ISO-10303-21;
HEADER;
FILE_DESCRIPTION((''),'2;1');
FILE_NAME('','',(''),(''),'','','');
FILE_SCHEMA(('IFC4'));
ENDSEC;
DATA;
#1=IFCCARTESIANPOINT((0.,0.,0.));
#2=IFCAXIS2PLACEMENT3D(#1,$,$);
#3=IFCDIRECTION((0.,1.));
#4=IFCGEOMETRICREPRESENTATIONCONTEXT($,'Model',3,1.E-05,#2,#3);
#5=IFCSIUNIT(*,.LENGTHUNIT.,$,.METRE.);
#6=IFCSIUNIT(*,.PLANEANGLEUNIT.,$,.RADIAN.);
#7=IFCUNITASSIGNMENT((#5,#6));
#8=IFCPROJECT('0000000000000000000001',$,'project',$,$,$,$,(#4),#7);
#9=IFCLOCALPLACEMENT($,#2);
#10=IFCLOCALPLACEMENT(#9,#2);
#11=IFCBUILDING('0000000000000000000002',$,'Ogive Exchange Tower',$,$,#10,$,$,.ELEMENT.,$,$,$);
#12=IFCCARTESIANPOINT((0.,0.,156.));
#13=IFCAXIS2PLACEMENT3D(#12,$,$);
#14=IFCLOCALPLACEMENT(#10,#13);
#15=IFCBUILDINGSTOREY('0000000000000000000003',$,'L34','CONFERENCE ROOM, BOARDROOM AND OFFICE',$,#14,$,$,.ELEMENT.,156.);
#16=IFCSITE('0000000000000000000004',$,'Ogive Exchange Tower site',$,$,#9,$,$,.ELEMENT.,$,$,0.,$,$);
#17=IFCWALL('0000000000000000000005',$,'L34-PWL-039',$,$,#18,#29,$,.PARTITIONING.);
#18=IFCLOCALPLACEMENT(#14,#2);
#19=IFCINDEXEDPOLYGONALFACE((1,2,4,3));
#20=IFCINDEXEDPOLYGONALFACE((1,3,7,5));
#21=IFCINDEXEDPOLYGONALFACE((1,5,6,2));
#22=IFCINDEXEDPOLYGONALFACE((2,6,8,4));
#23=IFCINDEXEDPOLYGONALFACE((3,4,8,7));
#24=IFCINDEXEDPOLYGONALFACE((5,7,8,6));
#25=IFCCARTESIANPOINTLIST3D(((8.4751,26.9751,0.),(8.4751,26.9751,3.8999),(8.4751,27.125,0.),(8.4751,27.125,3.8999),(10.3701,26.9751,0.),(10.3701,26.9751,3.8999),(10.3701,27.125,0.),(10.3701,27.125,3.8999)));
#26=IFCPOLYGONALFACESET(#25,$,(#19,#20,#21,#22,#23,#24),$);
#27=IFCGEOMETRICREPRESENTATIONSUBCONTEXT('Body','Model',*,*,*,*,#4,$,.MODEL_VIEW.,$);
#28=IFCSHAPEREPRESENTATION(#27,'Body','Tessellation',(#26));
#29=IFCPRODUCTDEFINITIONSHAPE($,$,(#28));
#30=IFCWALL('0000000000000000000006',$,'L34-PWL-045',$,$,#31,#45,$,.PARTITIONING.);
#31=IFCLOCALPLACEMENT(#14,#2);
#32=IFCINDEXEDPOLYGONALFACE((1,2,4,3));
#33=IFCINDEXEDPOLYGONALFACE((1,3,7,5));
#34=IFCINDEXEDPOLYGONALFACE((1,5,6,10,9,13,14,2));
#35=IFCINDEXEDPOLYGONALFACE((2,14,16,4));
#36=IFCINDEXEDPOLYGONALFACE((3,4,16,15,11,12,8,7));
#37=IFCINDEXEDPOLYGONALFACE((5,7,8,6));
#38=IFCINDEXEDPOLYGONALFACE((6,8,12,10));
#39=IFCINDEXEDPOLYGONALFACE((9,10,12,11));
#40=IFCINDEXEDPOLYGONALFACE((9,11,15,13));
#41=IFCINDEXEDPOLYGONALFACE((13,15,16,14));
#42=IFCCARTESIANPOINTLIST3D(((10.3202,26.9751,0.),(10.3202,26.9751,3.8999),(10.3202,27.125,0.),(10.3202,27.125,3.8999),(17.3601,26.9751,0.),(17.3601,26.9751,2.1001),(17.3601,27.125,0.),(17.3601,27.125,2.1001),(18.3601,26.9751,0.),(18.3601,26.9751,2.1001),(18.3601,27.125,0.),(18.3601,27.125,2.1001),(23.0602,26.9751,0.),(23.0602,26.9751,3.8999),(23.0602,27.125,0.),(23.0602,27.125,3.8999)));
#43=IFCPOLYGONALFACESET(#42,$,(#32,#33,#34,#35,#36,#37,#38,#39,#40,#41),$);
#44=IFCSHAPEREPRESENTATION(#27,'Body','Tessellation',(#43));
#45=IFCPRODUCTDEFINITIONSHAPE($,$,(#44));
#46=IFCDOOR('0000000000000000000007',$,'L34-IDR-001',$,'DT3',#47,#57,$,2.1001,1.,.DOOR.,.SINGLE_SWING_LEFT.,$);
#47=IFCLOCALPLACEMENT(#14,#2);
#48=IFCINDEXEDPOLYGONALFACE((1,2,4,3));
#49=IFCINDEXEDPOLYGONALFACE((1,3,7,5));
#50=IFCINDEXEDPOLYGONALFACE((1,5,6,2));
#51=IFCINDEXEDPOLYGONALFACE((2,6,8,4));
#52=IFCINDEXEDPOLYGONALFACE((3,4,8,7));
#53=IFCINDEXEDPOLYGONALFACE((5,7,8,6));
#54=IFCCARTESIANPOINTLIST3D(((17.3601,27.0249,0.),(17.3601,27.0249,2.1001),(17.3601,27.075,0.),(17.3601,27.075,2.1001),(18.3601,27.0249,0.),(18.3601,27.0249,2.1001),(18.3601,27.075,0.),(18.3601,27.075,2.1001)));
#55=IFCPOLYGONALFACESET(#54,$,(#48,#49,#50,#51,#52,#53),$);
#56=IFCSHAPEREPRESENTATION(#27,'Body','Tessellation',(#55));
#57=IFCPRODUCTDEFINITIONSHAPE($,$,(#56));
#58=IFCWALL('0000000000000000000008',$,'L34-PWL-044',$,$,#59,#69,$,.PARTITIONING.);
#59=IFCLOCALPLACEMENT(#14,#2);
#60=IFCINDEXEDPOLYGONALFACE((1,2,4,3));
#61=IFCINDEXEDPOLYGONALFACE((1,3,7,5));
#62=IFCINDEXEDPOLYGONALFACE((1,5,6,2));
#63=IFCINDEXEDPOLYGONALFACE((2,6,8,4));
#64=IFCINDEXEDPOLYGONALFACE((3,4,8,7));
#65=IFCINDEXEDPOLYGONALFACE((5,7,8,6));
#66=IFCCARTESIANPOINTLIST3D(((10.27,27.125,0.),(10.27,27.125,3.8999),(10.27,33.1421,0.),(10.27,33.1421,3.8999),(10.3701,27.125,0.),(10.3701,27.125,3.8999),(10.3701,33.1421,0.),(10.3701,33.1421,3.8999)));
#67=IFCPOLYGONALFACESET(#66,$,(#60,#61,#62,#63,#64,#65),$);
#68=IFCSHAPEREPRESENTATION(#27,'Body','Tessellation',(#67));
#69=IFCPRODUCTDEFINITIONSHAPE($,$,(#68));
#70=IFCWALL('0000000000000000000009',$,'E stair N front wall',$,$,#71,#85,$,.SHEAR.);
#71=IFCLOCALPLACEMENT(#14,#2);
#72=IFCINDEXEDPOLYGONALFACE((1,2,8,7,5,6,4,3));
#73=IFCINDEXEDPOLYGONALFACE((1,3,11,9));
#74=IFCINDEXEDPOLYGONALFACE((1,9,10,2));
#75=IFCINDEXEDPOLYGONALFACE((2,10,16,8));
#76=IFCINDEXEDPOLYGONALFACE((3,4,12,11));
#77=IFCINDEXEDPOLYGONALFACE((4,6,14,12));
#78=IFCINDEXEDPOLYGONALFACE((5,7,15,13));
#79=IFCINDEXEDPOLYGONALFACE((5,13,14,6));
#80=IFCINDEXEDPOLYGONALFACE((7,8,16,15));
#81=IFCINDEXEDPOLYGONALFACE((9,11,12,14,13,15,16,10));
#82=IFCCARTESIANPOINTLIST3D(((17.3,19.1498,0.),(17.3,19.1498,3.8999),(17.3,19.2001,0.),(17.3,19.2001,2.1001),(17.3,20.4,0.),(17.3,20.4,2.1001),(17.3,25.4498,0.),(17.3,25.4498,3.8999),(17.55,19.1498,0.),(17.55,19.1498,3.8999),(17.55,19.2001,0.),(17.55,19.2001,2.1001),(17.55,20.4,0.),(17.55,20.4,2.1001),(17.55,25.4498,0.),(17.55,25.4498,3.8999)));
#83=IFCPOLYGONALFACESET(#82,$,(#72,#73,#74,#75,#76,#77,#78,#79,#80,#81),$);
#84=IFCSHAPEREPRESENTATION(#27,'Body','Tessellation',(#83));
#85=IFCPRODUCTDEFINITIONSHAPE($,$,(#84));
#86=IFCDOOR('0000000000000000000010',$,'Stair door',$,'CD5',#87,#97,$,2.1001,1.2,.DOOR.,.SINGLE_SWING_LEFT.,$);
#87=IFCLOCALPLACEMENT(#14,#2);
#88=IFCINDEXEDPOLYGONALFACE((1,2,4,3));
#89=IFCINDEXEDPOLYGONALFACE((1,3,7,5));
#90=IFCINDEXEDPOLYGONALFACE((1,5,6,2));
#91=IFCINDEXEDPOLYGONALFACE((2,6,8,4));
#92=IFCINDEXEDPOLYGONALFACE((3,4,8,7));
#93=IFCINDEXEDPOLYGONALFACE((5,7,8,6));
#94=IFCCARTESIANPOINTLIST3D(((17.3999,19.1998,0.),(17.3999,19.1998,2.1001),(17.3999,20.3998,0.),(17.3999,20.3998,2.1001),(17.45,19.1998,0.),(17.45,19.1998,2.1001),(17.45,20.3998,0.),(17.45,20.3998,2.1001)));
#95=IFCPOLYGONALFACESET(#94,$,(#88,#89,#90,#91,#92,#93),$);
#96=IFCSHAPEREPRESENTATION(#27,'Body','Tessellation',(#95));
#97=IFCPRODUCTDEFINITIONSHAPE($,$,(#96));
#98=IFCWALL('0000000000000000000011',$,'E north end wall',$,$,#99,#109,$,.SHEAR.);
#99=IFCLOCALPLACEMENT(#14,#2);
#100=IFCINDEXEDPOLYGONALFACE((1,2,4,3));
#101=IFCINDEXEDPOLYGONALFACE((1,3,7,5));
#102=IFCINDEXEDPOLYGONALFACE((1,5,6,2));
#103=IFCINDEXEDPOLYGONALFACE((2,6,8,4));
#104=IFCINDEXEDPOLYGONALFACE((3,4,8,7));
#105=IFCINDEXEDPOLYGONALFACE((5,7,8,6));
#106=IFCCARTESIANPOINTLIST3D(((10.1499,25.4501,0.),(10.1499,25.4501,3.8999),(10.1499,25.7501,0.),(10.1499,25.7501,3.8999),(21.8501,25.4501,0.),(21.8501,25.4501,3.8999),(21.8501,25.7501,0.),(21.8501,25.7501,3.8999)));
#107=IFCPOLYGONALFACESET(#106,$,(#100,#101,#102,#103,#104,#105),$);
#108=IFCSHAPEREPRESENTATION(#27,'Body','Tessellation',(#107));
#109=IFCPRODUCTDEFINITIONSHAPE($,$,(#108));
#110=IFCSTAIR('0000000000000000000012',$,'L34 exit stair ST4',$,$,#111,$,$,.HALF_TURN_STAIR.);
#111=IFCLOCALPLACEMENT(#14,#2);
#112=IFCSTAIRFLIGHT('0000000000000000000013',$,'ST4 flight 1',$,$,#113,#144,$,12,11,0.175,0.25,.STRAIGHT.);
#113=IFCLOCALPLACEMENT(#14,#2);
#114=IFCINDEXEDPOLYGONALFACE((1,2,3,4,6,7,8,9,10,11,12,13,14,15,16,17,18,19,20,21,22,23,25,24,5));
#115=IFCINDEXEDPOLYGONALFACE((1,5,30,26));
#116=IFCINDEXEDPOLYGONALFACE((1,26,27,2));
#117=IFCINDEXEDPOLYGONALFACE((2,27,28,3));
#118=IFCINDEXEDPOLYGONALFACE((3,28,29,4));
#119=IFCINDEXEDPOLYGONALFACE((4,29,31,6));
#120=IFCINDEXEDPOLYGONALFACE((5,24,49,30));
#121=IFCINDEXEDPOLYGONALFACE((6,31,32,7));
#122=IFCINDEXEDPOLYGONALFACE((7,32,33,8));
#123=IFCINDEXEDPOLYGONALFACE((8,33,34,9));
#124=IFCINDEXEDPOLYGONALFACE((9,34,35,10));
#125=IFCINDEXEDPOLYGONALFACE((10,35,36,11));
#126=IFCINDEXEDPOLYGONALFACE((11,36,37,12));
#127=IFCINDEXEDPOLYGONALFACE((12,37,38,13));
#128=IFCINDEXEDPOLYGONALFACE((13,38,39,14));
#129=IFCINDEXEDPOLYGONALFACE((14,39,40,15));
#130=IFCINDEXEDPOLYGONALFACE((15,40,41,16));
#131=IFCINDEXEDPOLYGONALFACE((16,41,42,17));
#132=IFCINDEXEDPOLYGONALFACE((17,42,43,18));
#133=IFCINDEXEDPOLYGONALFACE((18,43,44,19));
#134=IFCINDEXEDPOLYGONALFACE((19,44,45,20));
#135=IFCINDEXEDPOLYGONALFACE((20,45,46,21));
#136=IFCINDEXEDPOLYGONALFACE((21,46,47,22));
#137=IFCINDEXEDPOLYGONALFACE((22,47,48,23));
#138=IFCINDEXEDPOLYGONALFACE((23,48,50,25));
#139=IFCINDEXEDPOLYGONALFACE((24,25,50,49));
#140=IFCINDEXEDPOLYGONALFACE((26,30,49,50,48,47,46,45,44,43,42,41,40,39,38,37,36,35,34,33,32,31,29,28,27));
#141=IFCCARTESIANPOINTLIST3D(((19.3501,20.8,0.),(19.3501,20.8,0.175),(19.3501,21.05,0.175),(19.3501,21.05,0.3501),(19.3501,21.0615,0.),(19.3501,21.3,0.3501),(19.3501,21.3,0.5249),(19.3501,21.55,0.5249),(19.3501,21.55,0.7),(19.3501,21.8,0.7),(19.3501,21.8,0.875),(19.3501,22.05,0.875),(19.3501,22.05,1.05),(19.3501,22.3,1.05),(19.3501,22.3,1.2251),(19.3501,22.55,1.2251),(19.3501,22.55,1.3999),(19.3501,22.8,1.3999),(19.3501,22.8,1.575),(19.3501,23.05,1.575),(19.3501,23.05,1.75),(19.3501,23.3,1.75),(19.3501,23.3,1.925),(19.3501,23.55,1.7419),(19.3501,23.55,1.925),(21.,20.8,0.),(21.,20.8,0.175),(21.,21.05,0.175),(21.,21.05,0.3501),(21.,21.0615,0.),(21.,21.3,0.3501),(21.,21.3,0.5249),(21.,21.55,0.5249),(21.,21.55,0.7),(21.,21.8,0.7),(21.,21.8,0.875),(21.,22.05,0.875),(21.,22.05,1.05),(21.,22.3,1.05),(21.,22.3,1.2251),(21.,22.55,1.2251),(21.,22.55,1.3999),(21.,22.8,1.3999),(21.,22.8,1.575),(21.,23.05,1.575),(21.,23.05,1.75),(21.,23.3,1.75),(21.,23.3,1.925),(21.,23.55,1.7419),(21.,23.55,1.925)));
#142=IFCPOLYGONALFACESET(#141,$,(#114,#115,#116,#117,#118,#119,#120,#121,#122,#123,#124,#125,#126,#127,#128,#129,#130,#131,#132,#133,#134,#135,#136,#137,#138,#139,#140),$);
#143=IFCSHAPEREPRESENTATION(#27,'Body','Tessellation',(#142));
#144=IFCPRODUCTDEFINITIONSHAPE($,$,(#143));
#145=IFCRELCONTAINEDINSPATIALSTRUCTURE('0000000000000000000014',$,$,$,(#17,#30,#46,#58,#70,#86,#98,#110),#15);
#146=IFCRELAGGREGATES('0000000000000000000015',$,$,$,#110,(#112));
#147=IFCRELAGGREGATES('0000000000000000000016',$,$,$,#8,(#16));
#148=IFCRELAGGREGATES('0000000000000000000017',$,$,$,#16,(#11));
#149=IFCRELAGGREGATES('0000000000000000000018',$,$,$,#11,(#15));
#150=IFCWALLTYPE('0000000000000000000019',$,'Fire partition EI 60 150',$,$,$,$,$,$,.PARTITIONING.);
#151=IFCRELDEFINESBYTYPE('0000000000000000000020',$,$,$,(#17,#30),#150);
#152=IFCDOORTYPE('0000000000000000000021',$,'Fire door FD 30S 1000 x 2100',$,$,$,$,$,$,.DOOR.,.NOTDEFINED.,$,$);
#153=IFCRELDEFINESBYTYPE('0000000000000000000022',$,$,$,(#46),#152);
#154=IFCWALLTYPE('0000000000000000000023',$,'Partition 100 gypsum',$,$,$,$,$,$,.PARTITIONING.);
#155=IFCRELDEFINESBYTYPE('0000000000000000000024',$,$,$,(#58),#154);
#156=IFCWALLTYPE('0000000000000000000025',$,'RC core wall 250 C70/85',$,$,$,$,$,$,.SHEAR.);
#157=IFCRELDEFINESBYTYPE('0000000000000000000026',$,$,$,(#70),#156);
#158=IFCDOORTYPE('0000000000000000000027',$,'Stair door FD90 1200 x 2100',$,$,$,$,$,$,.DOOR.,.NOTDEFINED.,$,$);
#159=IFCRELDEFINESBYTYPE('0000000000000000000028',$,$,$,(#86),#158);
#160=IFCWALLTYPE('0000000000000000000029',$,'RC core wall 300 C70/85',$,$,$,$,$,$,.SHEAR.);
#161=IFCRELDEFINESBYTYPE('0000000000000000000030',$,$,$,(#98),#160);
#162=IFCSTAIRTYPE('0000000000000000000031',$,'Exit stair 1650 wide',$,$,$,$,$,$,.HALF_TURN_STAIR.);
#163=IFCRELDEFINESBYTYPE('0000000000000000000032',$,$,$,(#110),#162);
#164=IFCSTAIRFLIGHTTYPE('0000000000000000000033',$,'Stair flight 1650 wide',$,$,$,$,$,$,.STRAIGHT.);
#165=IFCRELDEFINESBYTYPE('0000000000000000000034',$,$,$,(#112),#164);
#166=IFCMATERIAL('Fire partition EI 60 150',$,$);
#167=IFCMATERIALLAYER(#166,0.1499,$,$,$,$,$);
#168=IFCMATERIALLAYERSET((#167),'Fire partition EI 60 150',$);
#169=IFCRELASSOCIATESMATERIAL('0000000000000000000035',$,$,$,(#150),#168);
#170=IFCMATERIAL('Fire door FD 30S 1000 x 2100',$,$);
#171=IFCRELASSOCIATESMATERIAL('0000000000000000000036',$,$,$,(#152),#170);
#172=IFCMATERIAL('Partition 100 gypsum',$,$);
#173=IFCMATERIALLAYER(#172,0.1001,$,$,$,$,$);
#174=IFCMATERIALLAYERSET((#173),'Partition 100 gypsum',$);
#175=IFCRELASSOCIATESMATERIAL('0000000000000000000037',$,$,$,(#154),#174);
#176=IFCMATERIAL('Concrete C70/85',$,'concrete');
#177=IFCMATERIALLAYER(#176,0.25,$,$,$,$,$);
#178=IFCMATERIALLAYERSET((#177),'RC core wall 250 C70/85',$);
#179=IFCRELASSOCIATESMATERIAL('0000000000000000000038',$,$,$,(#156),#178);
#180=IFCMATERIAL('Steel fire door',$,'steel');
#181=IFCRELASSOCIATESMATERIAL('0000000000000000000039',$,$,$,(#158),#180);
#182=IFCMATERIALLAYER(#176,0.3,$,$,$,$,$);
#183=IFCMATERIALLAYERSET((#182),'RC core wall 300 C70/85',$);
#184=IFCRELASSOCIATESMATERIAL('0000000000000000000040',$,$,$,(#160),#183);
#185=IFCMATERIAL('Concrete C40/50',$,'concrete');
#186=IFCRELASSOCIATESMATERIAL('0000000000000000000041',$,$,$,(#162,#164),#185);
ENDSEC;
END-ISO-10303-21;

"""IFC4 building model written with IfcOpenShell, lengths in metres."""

from ifc_helpers import new_model, si_unit, direction, frame, frame_2d, origin, place, context, subcontext, project, spatial, polyline, rectangle, outline, extrude, material, layer, layer_set, type_object, element, fill, aggregate, save


model = new_model("IFC4")

# Units and contexts
model_context = context("Model", 3, precision=1e-05, world=origin(), true_north=direction((0.0, 1.0)))
body_context = subcontext(model_context, "Body", "Model", "MODEL_VIEW")
ifc_project = project(units=[si_unit("LENGTHUNIT", "METRE"), si_unit("PLANEANGLEUNIT", "RADIAN")], contexts=[model_context])

# Site, building, storey
site_placement = place(None, origin())
site = spatial("IfcSite", under=ifc_project, at=site_placement, Name="Ogive Exchange Tower site", CompositionType="ELEMENT", RefElevation=0.0)
building_placement = place(site_placement, origin())
building = spatial("IfcBuilding", under=site, at=building_placement, Name="Ogive Exchange Tower", CompositionType="ELEMENT")
storey_placement = place(building_placement, frame((0.0, 0.0, 156.0)))
storey = spatial("IfcBuildingStorey", under=building, at=storey_placement, Name="L34", Description="CONFERENCE ROOM, BOARDROOM AND OFFICE", CompositionType="ELEMENT", Elevation=156.0)

# Wall
ifc_material_1 = material(Name="Fire partition EI 60 150")
ifc_layer_1 = layer(ifc_material_1, 0.1499)
ifc_layer_set_1 = layer_set([ifc_layer_1], Name="Fire partition EI 60 150")
wall_type_1 = type_object("IfcWallType", Name="Fire partition EI 60 150", PredefinedType="PARTITIONING", material=ifc_layer_set_1)
wall_1_placement = place(storey_placement, frame((8.4751, 27.05, 0.0), z_axis=(0.0, 0.0, 1.0), x_axis=(1.0, 0.0, 0.0)))
element("IfcWall", 1, at=wall_1_placement, inside=storey, type_object=wall_type_1, Name="L34-PWL-039", PredefinedType="PARTITIONING", context=body_context, shape_type="SweptSolid", body=[
    extrude(rectangle(XDim=1.895, YDim=0.1499, at=frame_2d((0.9475, 0.0))), origin(), (0.0, 0.0, 1.0), 3.8999),
])

# Wall, opening, door
wall_2_placement = place(storey_placement, frame((10.3201, 27.05, 0.0), z_axis=(0.0, 0.0, 1.0), x_axis=(1.0, 0.0, 0.0)))
wall_2 = element("IfcWall", 2, at=wall_2_placement, inside=storey, type_object=wall_type_1, Name="L34-PWL-045", PredefinedType="PARTITIONING", context=body_context, shape_type="SweptSolid", body=[
    extrude(rectangle(XDim=12.74, YDim=0.1499, at=frame_2d((6.3701, 0.0))), origin(), (0.0, 0.0, 1.0), 3.8999),
])
opening_1_placement = place(wall_2_placement, frame((7.04, 0.0, 0.0)))
opening_1 = element("IfcOpeningElement", 3, at=opening_1_placement, cuts=wall_2, PredefinedType="OPENING", context=body_context, shape_type="SweptSolid", body=[
    extrude(rectangle(XDim=1.0, YDim=2.1001, at=frame_2d((0.5, 1.05))), frame((0.0, 0.085, 0.0), z_axis=(0.0, -1.0, 0.0), x_axis=(1.0, 0.0, 0.0)), (0.0, 0.0, 1.0), 0.1699),
])
ifc_material_2 = material(Name="Fire door FD 30S 1000 x 2100")
door_type_1 = type_object("IfcDoorType", Name="Fire door FD 30S 1000 x 2100", OperationType="NOTDEFINED", PredefinedType="DOOR", material=ifc_material_2)
door_1_placement = place(opening_1_placement, origin())
door_1 = element("IfcDoor", 4, at=door_1_placement, inside=storey, type_object=door_type_1, Name="L34-IDR-001", ObjectType="DT3", OperationType="SINGLE_SWING_LEFT", OverallHeight=2.1001, OverallWidth=1.0, PredefinedType="DOOR", context=body_context, shape_type="SweptSolid", body=[
    extrude(rectangle(XDim=1.0, YDim=2.1001, at=frame_2d((0.5, 1.05))), frame((0.0, 0.0249, 0.0), z_axis=(0.0, -1.0, 0.0), x_axis=(1.0, 0.0, 0.0)), (0.0, 0.0, 1.0), 0.05),
])
fill(opening_1, door_1)

# Wall
ifc_material_3 = material(Name="Partition 100 gypsum")
ifc_layer_2 = layer(ifc_material_3, 0.1001)
ifc_layer_set_2 = layer_set([ifc_layer_2], Name="Partition 100 gypsum")
wall_type_2 = type_object("IfcWallType", Name="Partition 100 gypsum", PredefinedType="PARTITIONING", material=ifc_layer_set_2)
wall_3_placement = place(storey_placement, frame((10.3201, 27.125, 0.0), z_axis=(0.0, 0.0, 1.0), x_axis=(0.0, 1.0, 0.0)))
element("IfcWall", 5, at=wall_3_placement, inside=storey, type_object=wall_type_2, Name="L34-PWL-044", PredefinedType="PARTITIONING", context=body_context, shape_type="SweptSolid", body=[
    extrude(rectangle(XDim=6.0171, YDim=0.1001, at=frame_2d((3.0085, 0.0))), origin(), (0.0, 0.0, 1.0), 3.8999),
])

# Wall, opening, door
ifc_material_4 = material(Name="Concrete C70/85", Category="concrete")
ifc_layer_3 = layer(ifc_material_4, 0.25)
ifc_layer_set_3 = layer_set([ifc_layer_3], Name="RC core wall 250 C70/85")
wall_type_3 = type_object("IfcWallType", Name="RC core wall 250 C70/85", PredefinedType="SHEAR", material=ifc_layer_set_3)
wall_4_placement = place(storey_placement, frame((17.425, 19.1499, 0.0), z_axis=(0.0, 0.0, 1.0), x_axis=(0.0, 1.0, 0.0)))
wall_4 = element("IfcWall", 6, at=wall_4_placement, inside=storey, type_object=wall_type_3, Name="E stair N front wall", PredefinedType="SHEAR", context=body_context, shape_type="SweptSolid", body=[
    extrude(rectangle(XDim=6.3, YDim=0.25, at=frame_2d((3.1499, 0.0))), origin(), (0.0, 0.0, 1.0), 3.8999),
])
opening_2_placement = place(wall_4_placement, frame((0.05, 0.0, 0.0)))
opening_2 = element("IfcOpeningElement", 7, at=opening_2_placement, cuts=wall_4, PredefinedType="OPENING", context=body_context, shape_type="SweptSolid", body=[
    extrude(rectangle(XDim=1.2, YDim=2.1001, at=frame_2d((0.6001, 1.05))), frame((0.0, 0.135, 0.0), z_axis=(0.0, -1.0, 0.0), x_axis=(1.0, 0.0, 0.0)), (0.0, 0.0, 1.0), 0.27),
])
ifc_material_5 = material(Name="Steel fire door", Category="steel")
door_type_2 = type_object("IfcDoorType", Name="Stair door FD90 1200 x 2100", OperationType="NOTDEFINED", PredefinedType="DOOR", material=ifc_material_5)
door_2_placement = place(opening_2_placement, frame((1.2, 0.0, 0.0), z_axis=(0.0, 0.0, 1.0), x_axis=(-1.0, 0.0, 0.0)))
door_2 = element("IfcDoor", 8, at=door_2_placement, inside=storey, type_object=door_type_2, Name="Stair door", ObjectType="CD5", OperationType="SINGLE_SWING_LEFT", OverallHeight=2.1001, OverallWidth=1.2, PredefinedType="DOOR", context=body_context, shape_type="SweptSolid", body=[
    extrude(rectangle(XDim=1.2, YDim=2.1001, at=frame_2d((0.6001, 1.05))), frame((0.0, 0.0249, 0.0), z_axis=(0.0, -1.0, 0.0), x_axis=(1.0, 0.0, 0.0)), (0.0, 0.0, 1.0), 0.05),
])
fill(opening_2, door_2)

# Wall
ifc_layer_4 = layer(ifc_material_4, 0.3)
ifc_layer_set_4 = layer_set([ifc_layer_4], Name="RC core wall 300 C70/85")
wall_type_4 = type_object("IfcWallType", Name="RC core wall 300 C70/85", PredefinedType="SHEAR", material=ifc_layer_set_4)
wall_5_placement = place(storey_placement, frame((10.1499, 25.6001, 0.0), z_axis=(0.0, 0.0, 1.0), x_axis=(1.0, 0.0, 0.0)))
element("IfcWall", 9, at=wall_5_placement, inside=storey, type_object=wall_type_4, Name="E north end wall", PredefinedType="SHEAR", context=body_context, shape_type="SweptSolid", body=[
    extrude(rectangle(XDim=11.7002, YDim=0.3, at=frame_2d((5.8501, 0.0))), origin(), (0.0, 0.0, 1.0), 3.8999),
])

# Stair, stair flight
ifc_material_6 = material(Name="Concrete C40/50", Category="concrete")
stair_type = type_object("IfcStairType", Name="Exit stair 1650 wide", PredefinedType="HALF_TURN_STAIR", material=ifc_material_6)
stair_placement = place(storey_placement, origin())
stair = element("IfcStair", 10, at=stair_placement, inside=storey, type_object=stair_type, Name="L34 exit stair ST4", PredefinedType="HALF_TURN_STAIR")
stair_flight_type = type_object("IfcStairFlightType", Name="Stair flight 1650 wide", PredefinedType="STRAIGHT", material=ifc_material_6)
stair_flight_1_placement = place(storey_placement, frame((20.175, 20.8, 0.0), z_axis=(0.0, 0.0, 1.0), x_axis=(0.0, 1.0, 0.0)))
stair_flight_1 = element("IfcStairFlight", 11, at=stair_flight_1_placement, type_object=stair_flight_type, Name="ST4 flight 1", NumberOfRisers=12, NumberOfTreads=11, PredefinedType="STRAIGHT", RiserHeight=0.175, TreadLength=0.25, context=body_context, shape_type="SweptSolid", body=[
    extrude(outline(polyline([(0.0, 0.0), (0.0, 0.175), (0.25, 0.175), (0.25, 0.3501), (0.5, 0.3501), (0.5, 0.5249), (0.75, 0.5249), (0.75, 0.7), (1.0, 0.7), (1.0, 0.875), (1.25, 0.875), (1.25, 1.05), (1.5, 1.05), (1.5, 1.2251), (1.75, 1.2251), (1.75, 1.3999), (2.0, 1.3999), (2.0, 1.575), (2.25, 1.575), (2.25, 1.75), (2.5, 1.75), (2.5, 1.925), (2.75, 1.925), (2.75, 2.1001), (2.75, 1.7419), (0.2615, 0.0), (0.0, 0.0)])), frame((0.0, 0.825, 0.0), z_axis=(0.0, -1.0, 0.0), x_axis=(1.0, 0.0, 0.0)), (0.0, 0.0, 1.0), 1.6499),
])
aggregate(stair, [stair_flight_1])

save(model, "model.ifc")
